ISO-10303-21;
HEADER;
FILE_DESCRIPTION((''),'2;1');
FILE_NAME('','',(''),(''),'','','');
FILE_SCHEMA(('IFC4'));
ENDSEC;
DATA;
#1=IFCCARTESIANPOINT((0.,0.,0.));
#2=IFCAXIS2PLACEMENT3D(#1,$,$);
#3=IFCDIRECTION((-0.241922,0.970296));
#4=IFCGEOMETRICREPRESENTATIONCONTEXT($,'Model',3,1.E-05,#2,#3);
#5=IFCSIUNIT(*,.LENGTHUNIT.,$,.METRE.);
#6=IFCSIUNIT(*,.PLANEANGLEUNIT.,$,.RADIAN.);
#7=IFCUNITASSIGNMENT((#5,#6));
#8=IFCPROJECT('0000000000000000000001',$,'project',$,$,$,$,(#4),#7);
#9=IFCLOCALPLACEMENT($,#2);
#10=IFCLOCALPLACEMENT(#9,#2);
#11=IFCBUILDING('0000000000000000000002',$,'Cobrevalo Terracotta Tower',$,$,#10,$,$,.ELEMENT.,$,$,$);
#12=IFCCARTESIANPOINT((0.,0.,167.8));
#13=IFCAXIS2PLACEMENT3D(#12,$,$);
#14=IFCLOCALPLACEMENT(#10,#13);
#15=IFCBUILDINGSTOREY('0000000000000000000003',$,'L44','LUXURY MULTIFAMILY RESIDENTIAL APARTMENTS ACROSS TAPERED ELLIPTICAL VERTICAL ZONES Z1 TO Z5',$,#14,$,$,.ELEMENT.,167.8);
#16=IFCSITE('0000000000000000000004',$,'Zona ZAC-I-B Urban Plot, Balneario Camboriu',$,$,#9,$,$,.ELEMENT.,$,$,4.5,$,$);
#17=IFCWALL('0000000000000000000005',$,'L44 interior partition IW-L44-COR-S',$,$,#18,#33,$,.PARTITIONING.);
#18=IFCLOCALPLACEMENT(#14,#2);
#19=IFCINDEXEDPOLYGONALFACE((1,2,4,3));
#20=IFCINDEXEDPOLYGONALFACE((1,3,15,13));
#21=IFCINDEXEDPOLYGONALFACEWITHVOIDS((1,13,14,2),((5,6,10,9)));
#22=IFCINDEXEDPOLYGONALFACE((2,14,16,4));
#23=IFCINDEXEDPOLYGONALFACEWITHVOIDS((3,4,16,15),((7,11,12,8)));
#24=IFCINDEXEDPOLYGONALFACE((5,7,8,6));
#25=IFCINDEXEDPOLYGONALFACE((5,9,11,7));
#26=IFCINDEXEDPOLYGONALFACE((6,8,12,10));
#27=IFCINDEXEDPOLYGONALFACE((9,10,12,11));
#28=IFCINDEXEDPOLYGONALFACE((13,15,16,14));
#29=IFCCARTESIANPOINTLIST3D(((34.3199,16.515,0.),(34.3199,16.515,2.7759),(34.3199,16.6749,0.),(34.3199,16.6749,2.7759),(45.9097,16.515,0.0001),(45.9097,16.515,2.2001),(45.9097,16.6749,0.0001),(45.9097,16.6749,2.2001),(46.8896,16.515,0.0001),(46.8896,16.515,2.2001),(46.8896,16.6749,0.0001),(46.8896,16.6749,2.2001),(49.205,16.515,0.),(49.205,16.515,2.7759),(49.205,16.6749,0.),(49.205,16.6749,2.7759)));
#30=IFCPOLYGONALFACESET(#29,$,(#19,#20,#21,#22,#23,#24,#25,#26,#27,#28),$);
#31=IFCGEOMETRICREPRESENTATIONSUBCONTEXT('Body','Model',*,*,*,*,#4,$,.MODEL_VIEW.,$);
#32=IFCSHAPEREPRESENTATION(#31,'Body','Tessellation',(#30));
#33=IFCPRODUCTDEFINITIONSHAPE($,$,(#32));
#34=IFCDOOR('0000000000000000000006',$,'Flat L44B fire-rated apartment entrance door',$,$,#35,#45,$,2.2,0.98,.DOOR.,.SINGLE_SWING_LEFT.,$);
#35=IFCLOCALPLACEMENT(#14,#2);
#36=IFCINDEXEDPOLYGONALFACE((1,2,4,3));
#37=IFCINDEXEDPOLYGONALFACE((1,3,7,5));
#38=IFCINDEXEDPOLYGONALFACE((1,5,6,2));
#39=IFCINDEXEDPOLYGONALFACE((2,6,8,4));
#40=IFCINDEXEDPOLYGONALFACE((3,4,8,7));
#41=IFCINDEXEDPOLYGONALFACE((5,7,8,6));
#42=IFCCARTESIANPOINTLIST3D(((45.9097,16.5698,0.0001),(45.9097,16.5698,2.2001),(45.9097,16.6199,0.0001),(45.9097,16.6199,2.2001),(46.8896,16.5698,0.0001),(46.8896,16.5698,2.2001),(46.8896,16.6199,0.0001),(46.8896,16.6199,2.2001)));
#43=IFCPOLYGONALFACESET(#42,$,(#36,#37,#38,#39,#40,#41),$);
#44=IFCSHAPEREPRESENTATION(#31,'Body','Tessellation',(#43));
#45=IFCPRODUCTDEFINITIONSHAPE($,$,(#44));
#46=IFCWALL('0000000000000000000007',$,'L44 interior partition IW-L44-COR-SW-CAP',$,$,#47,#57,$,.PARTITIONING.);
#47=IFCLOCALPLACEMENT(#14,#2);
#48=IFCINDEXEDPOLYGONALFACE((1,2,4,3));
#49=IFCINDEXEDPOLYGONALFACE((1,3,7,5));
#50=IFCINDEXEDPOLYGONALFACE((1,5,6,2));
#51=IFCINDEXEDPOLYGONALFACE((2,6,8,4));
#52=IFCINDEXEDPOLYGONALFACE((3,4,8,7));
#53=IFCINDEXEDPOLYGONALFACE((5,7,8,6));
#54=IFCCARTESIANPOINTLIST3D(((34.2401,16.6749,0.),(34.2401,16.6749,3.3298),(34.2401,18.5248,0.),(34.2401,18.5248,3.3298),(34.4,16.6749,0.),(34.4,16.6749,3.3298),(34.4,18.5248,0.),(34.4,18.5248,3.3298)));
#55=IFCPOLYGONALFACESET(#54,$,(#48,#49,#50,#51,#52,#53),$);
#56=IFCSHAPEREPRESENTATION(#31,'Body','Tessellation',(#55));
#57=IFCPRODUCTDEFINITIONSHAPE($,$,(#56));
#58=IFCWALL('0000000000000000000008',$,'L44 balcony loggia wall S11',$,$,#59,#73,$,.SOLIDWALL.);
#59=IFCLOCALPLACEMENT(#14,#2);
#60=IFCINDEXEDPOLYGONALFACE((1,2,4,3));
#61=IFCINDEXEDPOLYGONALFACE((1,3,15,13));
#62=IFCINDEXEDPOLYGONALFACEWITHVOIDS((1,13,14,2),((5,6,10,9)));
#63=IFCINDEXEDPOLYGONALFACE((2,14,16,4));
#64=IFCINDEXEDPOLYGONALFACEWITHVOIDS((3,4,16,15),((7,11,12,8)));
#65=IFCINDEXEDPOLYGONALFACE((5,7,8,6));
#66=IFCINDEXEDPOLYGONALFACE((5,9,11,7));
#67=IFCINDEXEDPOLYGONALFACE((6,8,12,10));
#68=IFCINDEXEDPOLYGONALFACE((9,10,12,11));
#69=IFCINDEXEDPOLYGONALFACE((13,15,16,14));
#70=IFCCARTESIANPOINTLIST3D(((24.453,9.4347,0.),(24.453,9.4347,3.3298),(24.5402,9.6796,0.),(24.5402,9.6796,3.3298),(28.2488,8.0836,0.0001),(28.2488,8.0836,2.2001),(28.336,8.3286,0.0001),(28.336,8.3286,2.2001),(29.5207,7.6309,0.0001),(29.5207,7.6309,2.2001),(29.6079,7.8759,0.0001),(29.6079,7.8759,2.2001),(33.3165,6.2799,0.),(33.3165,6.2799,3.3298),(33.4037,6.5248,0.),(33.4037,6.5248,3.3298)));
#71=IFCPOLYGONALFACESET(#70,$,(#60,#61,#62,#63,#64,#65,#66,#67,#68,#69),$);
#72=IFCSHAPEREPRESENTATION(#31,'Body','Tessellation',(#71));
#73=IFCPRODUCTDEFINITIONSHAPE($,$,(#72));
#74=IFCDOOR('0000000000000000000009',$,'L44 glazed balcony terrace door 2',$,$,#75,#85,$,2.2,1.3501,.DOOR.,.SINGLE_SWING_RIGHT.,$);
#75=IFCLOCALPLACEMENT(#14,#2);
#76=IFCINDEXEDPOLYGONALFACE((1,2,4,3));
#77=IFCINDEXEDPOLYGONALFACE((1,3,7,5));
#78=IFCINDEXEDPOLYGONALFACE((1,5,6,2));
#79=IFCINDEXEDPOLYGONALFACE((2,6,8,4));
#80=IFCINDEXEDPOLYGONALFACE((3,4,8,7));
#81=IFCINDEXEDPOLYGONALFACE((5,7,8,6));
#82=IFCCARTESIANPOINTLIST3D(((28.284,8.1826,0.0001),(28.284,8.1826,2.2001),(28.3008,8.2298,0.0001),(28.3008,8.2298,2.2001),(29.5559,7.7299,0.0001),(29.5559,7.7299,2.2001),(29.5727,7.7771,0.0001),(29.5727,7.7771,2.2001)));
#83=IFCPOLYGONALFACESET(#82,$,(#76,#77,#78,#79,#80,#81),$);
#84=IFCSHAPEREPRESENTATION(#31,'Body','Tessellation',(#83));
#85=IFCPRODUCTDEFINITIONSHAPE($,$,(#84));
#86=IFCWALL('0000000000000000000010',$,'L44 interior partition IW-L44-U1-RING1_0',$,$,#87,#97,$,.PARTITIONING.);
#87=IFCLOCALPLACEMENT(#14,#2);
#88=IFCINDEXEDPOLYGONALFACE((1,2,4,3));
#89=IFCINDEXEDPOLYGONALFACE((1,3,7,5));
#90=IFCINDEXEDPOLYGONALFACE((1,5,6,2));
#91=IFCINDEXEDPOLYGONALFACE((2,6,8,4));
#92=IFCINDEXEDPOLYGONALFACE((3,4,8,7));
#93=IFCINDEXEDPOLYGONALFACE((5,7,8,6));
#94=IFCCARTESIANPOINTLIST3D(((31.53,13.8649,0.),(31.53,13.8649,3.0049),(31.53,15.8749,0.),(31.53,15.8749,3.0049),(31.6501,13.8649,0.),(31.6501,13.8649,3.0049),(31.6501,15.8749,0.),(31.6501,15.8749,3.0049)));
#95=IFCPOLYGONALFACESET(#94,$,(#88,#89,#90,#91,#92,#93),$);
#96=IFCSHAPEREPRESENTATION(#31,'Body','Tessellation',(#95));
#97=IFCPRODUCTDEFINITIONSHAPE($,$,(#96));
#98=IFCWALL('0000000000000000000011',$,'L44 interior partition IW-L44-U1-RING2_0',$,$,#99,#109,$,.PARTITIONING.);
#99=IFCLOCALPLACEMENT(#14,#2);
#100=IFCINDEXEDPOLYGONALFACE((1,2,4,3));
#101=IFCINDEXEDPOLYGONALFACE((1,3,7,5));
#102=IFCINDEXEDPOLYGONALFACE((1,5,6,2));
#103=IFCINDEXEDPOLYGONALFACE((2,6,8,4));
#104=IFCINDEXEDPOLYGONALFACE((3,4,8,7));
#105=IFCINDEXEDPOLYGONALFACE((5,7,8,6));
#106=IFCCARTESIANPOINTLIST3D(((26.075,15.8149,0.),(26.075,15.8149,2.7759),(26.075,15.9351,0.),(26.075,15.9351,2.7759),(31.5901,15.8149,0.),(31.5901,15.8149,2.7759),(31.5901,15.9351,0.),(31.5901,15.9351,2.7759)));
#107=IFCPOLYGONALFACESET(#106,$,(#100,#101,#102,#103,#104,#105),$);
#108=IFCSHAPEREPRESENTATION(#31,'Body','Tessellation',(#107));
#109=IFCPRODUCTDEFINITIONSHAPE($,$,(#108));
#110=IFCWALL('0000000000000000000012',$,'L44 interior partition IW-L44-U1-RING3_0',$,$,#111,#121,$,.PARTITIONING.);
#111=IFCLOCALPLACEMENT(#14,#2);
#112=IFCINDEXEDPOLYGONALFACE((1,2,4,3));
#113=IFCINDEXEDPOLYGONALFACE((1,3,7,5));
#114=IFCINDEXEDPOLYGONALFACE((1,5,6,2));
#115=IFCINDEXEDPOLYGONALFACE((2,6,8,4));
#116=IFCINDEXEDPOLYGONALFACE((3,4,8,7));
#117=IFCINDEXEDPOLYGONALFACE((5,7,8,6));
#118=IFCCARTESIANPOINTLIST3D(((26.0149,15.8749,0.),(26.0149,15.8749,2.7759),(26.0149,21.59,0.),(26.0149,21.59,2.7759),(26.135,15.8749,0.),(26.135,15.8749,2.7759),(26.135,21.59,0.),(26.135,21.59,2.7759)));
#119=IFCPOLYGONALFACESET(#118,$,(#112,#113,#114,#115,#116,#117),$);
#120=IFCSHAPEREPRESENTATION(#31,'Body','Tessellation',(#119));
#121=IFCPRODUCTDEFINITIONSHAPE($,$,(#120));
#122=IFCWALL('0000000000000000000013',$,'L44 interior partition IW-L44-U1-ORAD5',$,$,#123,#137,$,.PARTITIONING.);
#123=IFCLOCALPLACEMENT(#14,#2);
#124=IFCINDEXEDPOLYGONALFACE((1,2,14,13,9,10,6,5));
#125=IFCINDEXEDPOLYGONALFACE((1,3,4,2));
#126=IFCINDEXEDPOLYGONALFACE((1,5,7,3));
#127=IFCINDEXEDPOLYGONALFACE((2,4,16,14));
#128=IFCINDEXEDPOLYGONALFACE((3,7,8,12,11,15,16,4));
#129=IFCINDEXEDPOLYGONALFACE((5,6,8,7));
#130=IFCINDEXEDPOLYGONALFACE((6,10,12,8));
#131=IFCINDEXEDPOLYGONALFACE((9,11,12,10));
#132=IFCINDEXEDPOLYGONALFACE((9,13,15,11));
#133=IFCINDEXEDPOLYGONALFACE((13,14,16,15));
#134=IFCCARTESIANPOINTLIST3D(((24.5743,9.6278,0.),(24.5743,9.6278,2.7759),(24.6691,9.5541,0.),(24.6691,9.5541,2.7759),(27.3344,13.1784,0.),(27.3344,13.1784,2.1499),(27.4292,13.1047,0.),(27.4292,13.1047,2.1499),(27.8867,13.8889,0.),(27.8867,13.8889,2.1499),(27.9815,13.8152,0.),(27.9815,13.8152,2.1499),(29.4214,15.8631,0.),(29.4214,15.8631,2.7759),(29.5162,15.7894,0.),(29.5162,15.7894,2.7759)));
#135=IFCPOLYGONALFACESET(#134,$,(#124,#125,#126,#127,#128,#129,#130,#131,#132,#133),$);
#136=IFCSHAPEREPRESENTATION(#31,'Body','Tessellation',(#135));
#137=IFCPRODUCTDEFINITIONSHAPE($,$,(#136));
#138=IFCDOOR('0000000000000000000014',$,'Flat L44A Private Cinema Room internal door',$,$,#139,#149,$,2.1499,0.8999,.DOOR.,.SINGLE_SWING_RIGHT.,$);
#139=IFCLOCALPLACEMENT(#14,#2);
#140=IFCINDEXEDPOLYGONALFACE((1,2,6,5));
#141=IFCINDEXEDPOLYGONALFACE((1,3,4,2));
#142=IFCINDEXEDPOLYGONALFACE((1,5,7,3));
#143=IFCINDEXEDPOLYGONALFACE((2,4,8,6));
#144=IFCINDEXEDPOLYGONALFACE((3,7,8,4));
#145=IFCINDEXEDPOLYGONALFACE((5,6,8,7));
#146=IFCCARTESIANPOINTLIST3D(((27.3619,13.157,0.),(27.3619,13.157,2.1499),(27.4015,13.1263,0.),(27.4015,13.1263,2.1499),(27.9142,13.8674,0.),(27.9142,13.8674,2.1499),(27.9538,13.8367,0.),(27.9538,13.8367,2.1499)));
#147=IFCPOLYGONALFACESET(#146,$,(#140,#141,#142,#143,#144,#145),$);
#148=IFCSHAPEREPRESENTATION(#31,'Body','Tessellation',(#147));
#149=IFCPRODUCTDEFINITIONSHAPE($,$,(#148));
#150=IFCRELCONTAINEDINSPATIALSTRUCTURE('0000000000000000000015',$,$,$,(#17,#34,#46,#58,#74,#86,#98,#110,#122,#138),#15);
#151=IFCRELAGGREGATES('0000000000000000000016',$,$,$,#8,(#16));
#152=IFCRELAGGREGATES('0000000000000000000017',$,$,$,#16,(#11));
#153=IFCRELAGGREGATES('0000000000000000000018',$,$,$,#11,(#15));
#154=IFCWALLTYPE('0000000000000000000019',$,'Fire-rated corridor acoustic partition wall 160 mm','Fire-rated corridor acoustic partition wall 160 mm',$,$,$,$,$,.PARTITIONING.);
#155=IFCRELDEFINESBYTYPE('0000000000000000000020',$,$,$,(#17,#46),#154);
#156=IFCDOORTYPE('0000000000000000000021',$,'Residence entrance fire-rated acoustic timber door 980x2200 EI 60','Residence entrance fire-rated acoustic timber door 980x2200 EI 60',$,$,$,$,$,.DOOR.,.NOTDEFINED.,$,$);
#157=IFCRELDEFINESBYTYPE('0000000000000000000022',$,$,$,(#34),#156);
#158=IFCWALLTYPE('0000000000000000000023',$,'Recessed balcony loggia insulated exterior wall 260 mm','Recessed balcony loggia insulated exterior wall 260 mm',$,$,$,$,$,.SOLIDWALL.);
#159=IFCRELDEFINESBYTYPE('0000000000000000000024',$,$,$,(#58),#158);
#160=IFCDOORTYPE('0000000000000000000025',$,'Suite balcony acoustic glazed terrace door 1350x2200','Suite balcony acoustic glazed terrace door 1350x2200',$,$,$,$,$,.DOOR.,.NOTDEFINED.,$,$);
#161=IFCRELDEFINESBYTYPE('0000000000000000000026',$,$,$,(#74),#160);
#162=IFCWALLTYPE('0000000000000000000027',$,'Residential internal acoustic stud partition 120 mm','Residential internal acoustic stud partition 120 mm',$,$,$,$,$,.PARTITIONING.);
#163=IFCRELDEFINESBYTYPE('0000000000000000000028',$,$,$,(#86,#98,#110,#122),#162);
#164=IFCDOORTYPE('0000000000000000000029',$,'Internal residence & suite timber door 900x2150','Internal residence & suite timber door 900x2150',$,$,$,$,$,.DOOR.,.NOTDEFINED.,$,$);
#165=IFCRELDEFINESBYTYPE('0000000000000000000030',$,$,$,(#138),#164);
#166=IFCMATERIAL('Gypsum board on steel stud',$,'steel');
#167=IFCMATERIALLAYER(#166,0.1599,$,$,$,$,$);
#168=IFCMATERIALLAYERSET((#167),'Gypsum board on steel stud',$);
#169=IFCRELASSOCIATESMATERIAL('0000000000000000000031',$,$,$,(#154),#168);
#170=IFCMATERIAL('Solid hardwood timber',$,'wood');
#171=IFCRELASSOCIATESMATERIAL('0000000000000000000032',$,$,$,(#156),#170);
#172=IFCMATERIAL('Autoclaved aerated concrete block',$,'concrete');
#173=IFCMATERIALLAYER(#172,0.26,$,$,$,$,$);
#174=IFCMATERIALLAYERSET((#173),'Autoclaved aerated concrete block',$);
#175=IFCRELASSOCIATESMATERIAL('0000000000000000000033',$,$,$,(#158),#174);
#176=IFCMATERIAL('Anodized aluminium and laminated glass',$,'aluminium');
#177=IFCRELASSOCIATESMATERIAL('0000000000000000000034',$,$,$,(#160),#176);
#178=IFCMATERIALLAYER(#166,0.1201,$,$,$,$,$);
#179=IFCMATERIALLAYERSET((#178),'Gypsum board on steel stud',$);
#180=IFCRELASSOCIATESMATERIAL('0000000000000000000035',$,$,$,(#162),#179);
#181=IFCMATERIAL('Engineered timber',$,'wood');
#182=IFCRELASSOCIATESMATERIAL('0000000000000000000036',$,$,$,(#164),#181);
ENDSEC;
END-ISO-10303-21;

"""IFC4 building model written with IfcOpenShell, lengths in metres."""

from ifc_helpers import new_model, si_unit, direction, frame, frame_2d, origin, place, context, subcontext, project, spatial, rectangle, extrude, source, transform, mapped, material, layer, layer_set, type_object, element, fill, save


model = new_model("IFC4")

# Units and contexts
model_context = context("Model", 3, precision=1e-05, world=origin(), true_north=direction((-0.241922, 0.970296)))
body_context = subcontext(model_context, "Body", "Model", "MODEL_VIEW")
ifc_project = project(units=[si_unit("LENGTHUNIT", "METRE"), si_unit("PLANEANGLEUNIT", "RADIAN")], contexts=[model_context])

# Site, building, storey
site_placement = place(None, origin())
site = spatial("IfcSite", under=ifc_project, at=site_placement, Name="Zona ZAC-I-B Urban Plot, Balneario Camboriu", CompositionType="ELEMENT", RefElevation=4.5)
building_placement = place(site_placement, origin())
building = spatial("IfcBuilding", under=site, at=building_placement, Name="Cobrevalo Terracotta Tower", CompositionType="ELEMENT")
storey_placement = place(building_placement, frame((0.0, 0.0, 167.8)))
storey = spatial("IfcBuildingStorey", under=building, at=storey_placement, Name="L44", Description="LUXURY MULTIFAMILY RESIDENTIAL APARTMENTS ACROSS TAPERED ELLIPTICAL VERTICAL ZONES Z1 TO Z5", CompositionType="ELEMENT", Elevation=167.8)

# Wall, opening, door
ifc_material_1 = material(Name="Gypsum board on steel stud", Category="steel")
ifc_layer_1 = layer(ifc_material_1, 0.1599)
ifc_layer_set_1 = layer_set([ifc_layer_1], Name="Gypsum board on steel stud")
wall_type_1 = type_object("IfcWallType", Name="Fire-rated corridor acoustic partition wall 160 mm", Description="Fire-rated corridor acoustic partition wall 160 mm", PredefinedType="PARTITIONING", material=ifc_layer_set_1)
wall_1_placement = place(storey_placement, frame((34.3201, 16.595, 0.0), z_axis=(0.0, 0.0, 1.0), x_axis=(1.0, 0.0, 0.0)))
wall_1 = element("IfcWall", 1, at=wall_1_placement, inside=storey, type_object=wall_type_1, Name="L44 interior partition IW-L44-COR-S", PredefinedType="PARTITIONING", context=body_context, shape_type="SweptSolid", body=[
    extrude(rectangle(XDim=14.885, YDim=0.1599, at=frame_2d((7.4424, 0.0))), origin(), (0.0, 0.0, 1.0), 2.7759),
])
opening_1_placement = place(wall_1_placement, frame((11.5896, 0.0, 0.0)))
opening_1 = element("IfcOpeningElement", 2, at=opening_1_placement, cuts=wall_1, PredefinedType="OPENING", context=body_context, shape_type="SweptSolid", body=[
    extrude(rectangle(XDim=0.98, YDim=2.2, at=frame_2d((0.49, 1.1001))), frame((0.0, 0.0898, 0.0), z_axis=(0.0, -1.0, 0.0), x_axis=(1.0, 0.0, 0.0)), (0.0, 0.0, 1.0), 0.1799),
])
ifc_material_2 = material(Name="Solid hardwood timber", Category="wood")
door_type_1 = type_object("IfcDoorType", Name="Residence entrance fire-rated acoustic timber door 980x2200 EI 60", Description="Residence entrance fire-rated acoustic timber door 980x2200 EI 60", OperationType="NOTDEFINED", PredefinedType="DOOR", material=ifc_material_2)
shared_shape_1 = source(origin(), body_context, "Body", "SweptSolid", [
    extrude(rectangle(XDim=0.98, YDim=2.2, at=frame_2d((0.49, 1.1001))), frame((0.0, 0.0249, 0.0), z_axis=(0.0, -1.0, 0.0), x_axis=(1.0, 0.0, 0.0)), (0.0, 0.0, 1.0), 0.05),
])
door_1_placement = place(opening_1_placement, origin())
door_1 = element("IfcDoor", 3, at=door_1_placement, inside=storey, type_object=door_type_1, Name="Flat L44B fire-rated apartment entrance door", OperationType="SINGLE_SWING_LEFT", OverallHeight=2.2, OverallWidth=0.98, PredefinedType="DOOR", context=body_context, shape_type="MappedRepresentation", body=[
    mapped(shared_shape_1, transform((0.0, 0.0, 0.0), scale=1.0)),
])
fill(opening_1, door_1)

# Wall
wall_2_placement = place(storey_placement, frame((34.3201, 16.675, 0.0), z_axis=(0.0, 0.0, 1.0), x_axis=(0.0, 1.0, 0.0)))
element("IfcWall", 4, at=wall_2_placement, inside=storey, type_object=wall_type_1, Name="L44 interior partition IW-L44-COR-SW-CAP", PredefinedType="PARTITIONING", context=body_context, shape_type="SweptSolid", body=[
    extrude(rectangle(XDim=1.8499, YDim=0.1599, at=frame_2d((0.9248, 0.0))), origin(), (0.0, 0.0, 1.0), 3.3298),
])

# Wall, opening, door
ifc_material_3 = material(Name="Autoclaved aerated concrete block", Category="concrete")
ifc_layer_2 = layer(ifc_material_3, 0.26)
ifc_layer_set_2 = layer_set([ifc_layer_2], Name="Autoclaved aerated concrete block")
wall_type_2 = type_object("IfcWallType", Name="Recessed balcony loggia insulated exterior wall 260 mm", Description="Recessed balcony loggia insulated exterior wall 260 mm", PredefinedType="SOLIDWALL", material=ifc_layer_set_2)
wall_3_placement = place(storey_placement, frame((24.4966, 9.5571, 0.0), z_axis=(0.0, 0.0, 1.0), x_axis=(0.942104, -0.335322, 0.0)))
wall_3 = element("IfcWall", 5, at=wall_3_placement, inside=storey, type_object=wall_type_2, Name="L44 balcony loggia wall S11", PredefinedType="SOLIDWALL", context=body_context, shape_type="SweptSolid", body=[
    extrude(rectangle(XDim=9.4082, YDim=0.26, at=frame_2d((4.7041, 0.0))), origin(), (0.0, 0.0, 1.0), 3.3298),
])
opening_2_placement = place(wall_3_placement, frame((4.0291, 0.0, 0.0)))
opening_2 = element("IfcOpeningElement", 6, at=opening_2_placement, cuts=wall_3, PredefinedType="OPENING", context=body_context, shape_type="SweptSolid", body=[
    extrude(rectangle(XDim=1.3501, YDim=2.2, at=frame_2d((0.675, 1.1001))), frame((0.0, 0.1401, 0.0), z_axis=(0.0, -1.0, 0.0), x_axis=(1.0, 0.0, 0.0)), (0.0, 0.0, 1.0), 0.28),
])
ifc_material_4 = material(Name="Anodized aluminium and laminated glass", Category="aluminium")
door_type_2 = type_object("IfcDoorType", Name="Suite balcony acoustic glazed terrace door 1350x2200", Description="Suite balcony acoustic glazed terrace door 1350x2200", OperationType="NOTDEFINED", PredefinedType="DOOR", material=ifc_material_4)
shared_shape_2 = source(origin(), body_context, "Body", "SweptSolid", [
    extrude(rectangle(XDim=1.3501, YDim=2.2, at=frame_2d((0.675, 1.1001))), frame((0.0, 0.0249, 0.0), z_axis=(0.0, -1.0, 0.0), x_axis=(1.0, 0.0, 0.0)), (0.0, 0.0, 1.0), 0.05),
])
door_2_placement = place(opening_2_placement, frame((1.3501, 0.0, 0.0), z_axis=(0.0, 0.0, 1.0), x_axis=(-1.0, 0.0, 0.0)))
door_2 = element("IfcDoor", 7, at=door_2_placement, inside=storey, type_object=door_type_2, Name="L44 glazed balcony terrace door 2", OperationType="SINGLE_SWING_RIGHT", OverallHeight=2.2, OverallWidth=1.3501, PredefinedType="DOOR", context=body_context, shape_type="MappedRepresentation", body=[
    mapped(shared_shape_2, transform((0.0, 0.0, 0.0), scale=1.0)),
])
fill(opening_2, door_2)

# Walls
ifc_layer_3 = layer(ifc_material_1, 0.1201)
ifc_layer_set_3 = layer_set([ifc_layer_3], Name="Gypsum board on steel stud")
wall_type_3 = type_object("IfcWallType", Name="Residential internal acoustic stud partition 120 mm", Description="Residential internal acoustic stud partition 120 mm", PredefinedType="PARTITIONING", material=ifc_layer_set_3)
wall_4_placement = place(storey_placement, frame((31.5901, 13.865, 0.0), z_axis=(0.0, 0.0, 1.0), x_axis=(0.0, 1.0, 0.0)))
element("IfcWall", 8, at=wall_4_placement, inside=storey, type_object=wall_type_3, Name="L44 interior partition IW-L44-U1-RING1_0", PredefinedType="PARTITIONING", context=body_context, shape_type="SweptSolid", body=[
    extrude(rectangle(XDim=2.01, YDim=0.1201, at=frame_2d((1.0049, 0.0))), origin(), (0.0, 0.0, 1.0), 3.0049),
])
wall_5_placement = place(storey_placement, frame((31.5901, 15.875, 0.0), z_axis=(0.0, 0.0, 1.0), x_axis=(-1.0, 0.0, 0.0)))
element("IfcWall", 9, at=wall_5_placement, inside=storey, type_object=wall_type_3, Name="L44 interior partition IW-L44-U1-RING2_0", PredefinedType="PARTITIONING", context=body_context, shape_type="SweptSolid", body=[
    extrude(rectangle(XDim=5.5151, YDim=0.1201, at=frame_2d((2.7576, 0.0))), origin(), (0.0, 0.0, 1.0), 2.7759),
])
wall_6_placement = place(storey_placement, frame((26.075, 15.875, 0.0), z_axis=(0.0, 0.0, 1.0), x_axis=(0.0, 1.0, 0.0)))
element("IfcWall", 10, at=wall_6_placement, inside=storey, type_object=wall_type_3, Name="L44 interior partition IW-L44-U1-RING3_0", PredefinedType="PARTITIONING", context=body_context, shape_type="SweptSolid", body=[
    extrude(rectangle(XDim=5.7151, YDim=0.1201, at=frame_2d((2.8574, 0.0))), origin(), (0.0, 0.0, 1.0), 2.7759),
])

# Wall, opening, door
wall_7_placement = place(storey_placement, frame((29.4688, 15.8262, 0.0), z_axis=(0.0, 0.0, 1.0), x_axis=(-0.613739, -0.789509, 0.0)))
wall_7 = element("IfcWall", 11, at=wall_7_placement, inside=storey, type_object=wall_type_3, Name="L44 interior partition IW-L44-U1-ORAD5", PredefinedType="PARTITIONING", context=body_context, shape_type="SweptSolid", body=[
    extrude(rectangle(XDim=7.8977, YDim=0.1201, at=frame_2d((3.9487, 0.0))), origin(), (0.0, 0.0, 1.0), 2.7759),
])
opening_3_placement = place(wall_7_placement, frame((2.5005, 0.0, 0.0)))
opening_3 = element("IfcOpeningElement", 12, at=opening_3_placement, cuts=wall_7, PredefinedType="OPENING", context=body_context, shape_type="SweptSolid", body=[
    extrude(rectangle(XDim=0.8999, YDim=2.1499, at=frame_2d((0.45, 1.075))), frame((0.0, 0.0701, 0.0), z_axis=(0.0, -1.0, 0.0), x_axis=(1.0, 0.0, 0.0)), (0.0, 0.0, 1.0), 0.1401),
])
ifc_material_5 = material(Name="Engineered timber", Category="wood")
door_type_3 = type_object("IfcDoorType", Name="Internal residence & suite timber door 900x2150", Description="Internal residence & suite timber door 900x2150", OperationType="NOTDEFINED", PredefinedType="DOOR", material=ifc_material_5)
shared_shape_3 = source(origin(), body_context, "Body", "SweptSolid", [
    extrude(rectangle(XDim=0.8999, YDim=2.1499, at=frame_2d((0.45, 1.075))), frame((0.0, 0.0249, 0.0), z_axis=(0.0, -1.0, 0.0), x_axis=(1.0, 0.0, 0.0)), (0.0, 0.0, 1.0), 0.05),
])
door_3_placement = place(opening_3_placement, origin())
door_3 = element("IfcDoor", 13, at=door_3_placement, inside=storey, type_object=door_type_3, Name="Flat L44A Private Cinema Room internal door", OperationType="SINGLE_SWING_RIGHT", OverallHeight=2.1499, OverallWidth=0.8999, PredefinedType="DOOR", context=body_context, shape_type="MappedRepresentation", body=[
    mapped(shared_shape_3, transform((0.0, 0.0, 0.0), scale=1.0)),
])
fill(opening_3, door_3)

save(model, "model.ifc")
